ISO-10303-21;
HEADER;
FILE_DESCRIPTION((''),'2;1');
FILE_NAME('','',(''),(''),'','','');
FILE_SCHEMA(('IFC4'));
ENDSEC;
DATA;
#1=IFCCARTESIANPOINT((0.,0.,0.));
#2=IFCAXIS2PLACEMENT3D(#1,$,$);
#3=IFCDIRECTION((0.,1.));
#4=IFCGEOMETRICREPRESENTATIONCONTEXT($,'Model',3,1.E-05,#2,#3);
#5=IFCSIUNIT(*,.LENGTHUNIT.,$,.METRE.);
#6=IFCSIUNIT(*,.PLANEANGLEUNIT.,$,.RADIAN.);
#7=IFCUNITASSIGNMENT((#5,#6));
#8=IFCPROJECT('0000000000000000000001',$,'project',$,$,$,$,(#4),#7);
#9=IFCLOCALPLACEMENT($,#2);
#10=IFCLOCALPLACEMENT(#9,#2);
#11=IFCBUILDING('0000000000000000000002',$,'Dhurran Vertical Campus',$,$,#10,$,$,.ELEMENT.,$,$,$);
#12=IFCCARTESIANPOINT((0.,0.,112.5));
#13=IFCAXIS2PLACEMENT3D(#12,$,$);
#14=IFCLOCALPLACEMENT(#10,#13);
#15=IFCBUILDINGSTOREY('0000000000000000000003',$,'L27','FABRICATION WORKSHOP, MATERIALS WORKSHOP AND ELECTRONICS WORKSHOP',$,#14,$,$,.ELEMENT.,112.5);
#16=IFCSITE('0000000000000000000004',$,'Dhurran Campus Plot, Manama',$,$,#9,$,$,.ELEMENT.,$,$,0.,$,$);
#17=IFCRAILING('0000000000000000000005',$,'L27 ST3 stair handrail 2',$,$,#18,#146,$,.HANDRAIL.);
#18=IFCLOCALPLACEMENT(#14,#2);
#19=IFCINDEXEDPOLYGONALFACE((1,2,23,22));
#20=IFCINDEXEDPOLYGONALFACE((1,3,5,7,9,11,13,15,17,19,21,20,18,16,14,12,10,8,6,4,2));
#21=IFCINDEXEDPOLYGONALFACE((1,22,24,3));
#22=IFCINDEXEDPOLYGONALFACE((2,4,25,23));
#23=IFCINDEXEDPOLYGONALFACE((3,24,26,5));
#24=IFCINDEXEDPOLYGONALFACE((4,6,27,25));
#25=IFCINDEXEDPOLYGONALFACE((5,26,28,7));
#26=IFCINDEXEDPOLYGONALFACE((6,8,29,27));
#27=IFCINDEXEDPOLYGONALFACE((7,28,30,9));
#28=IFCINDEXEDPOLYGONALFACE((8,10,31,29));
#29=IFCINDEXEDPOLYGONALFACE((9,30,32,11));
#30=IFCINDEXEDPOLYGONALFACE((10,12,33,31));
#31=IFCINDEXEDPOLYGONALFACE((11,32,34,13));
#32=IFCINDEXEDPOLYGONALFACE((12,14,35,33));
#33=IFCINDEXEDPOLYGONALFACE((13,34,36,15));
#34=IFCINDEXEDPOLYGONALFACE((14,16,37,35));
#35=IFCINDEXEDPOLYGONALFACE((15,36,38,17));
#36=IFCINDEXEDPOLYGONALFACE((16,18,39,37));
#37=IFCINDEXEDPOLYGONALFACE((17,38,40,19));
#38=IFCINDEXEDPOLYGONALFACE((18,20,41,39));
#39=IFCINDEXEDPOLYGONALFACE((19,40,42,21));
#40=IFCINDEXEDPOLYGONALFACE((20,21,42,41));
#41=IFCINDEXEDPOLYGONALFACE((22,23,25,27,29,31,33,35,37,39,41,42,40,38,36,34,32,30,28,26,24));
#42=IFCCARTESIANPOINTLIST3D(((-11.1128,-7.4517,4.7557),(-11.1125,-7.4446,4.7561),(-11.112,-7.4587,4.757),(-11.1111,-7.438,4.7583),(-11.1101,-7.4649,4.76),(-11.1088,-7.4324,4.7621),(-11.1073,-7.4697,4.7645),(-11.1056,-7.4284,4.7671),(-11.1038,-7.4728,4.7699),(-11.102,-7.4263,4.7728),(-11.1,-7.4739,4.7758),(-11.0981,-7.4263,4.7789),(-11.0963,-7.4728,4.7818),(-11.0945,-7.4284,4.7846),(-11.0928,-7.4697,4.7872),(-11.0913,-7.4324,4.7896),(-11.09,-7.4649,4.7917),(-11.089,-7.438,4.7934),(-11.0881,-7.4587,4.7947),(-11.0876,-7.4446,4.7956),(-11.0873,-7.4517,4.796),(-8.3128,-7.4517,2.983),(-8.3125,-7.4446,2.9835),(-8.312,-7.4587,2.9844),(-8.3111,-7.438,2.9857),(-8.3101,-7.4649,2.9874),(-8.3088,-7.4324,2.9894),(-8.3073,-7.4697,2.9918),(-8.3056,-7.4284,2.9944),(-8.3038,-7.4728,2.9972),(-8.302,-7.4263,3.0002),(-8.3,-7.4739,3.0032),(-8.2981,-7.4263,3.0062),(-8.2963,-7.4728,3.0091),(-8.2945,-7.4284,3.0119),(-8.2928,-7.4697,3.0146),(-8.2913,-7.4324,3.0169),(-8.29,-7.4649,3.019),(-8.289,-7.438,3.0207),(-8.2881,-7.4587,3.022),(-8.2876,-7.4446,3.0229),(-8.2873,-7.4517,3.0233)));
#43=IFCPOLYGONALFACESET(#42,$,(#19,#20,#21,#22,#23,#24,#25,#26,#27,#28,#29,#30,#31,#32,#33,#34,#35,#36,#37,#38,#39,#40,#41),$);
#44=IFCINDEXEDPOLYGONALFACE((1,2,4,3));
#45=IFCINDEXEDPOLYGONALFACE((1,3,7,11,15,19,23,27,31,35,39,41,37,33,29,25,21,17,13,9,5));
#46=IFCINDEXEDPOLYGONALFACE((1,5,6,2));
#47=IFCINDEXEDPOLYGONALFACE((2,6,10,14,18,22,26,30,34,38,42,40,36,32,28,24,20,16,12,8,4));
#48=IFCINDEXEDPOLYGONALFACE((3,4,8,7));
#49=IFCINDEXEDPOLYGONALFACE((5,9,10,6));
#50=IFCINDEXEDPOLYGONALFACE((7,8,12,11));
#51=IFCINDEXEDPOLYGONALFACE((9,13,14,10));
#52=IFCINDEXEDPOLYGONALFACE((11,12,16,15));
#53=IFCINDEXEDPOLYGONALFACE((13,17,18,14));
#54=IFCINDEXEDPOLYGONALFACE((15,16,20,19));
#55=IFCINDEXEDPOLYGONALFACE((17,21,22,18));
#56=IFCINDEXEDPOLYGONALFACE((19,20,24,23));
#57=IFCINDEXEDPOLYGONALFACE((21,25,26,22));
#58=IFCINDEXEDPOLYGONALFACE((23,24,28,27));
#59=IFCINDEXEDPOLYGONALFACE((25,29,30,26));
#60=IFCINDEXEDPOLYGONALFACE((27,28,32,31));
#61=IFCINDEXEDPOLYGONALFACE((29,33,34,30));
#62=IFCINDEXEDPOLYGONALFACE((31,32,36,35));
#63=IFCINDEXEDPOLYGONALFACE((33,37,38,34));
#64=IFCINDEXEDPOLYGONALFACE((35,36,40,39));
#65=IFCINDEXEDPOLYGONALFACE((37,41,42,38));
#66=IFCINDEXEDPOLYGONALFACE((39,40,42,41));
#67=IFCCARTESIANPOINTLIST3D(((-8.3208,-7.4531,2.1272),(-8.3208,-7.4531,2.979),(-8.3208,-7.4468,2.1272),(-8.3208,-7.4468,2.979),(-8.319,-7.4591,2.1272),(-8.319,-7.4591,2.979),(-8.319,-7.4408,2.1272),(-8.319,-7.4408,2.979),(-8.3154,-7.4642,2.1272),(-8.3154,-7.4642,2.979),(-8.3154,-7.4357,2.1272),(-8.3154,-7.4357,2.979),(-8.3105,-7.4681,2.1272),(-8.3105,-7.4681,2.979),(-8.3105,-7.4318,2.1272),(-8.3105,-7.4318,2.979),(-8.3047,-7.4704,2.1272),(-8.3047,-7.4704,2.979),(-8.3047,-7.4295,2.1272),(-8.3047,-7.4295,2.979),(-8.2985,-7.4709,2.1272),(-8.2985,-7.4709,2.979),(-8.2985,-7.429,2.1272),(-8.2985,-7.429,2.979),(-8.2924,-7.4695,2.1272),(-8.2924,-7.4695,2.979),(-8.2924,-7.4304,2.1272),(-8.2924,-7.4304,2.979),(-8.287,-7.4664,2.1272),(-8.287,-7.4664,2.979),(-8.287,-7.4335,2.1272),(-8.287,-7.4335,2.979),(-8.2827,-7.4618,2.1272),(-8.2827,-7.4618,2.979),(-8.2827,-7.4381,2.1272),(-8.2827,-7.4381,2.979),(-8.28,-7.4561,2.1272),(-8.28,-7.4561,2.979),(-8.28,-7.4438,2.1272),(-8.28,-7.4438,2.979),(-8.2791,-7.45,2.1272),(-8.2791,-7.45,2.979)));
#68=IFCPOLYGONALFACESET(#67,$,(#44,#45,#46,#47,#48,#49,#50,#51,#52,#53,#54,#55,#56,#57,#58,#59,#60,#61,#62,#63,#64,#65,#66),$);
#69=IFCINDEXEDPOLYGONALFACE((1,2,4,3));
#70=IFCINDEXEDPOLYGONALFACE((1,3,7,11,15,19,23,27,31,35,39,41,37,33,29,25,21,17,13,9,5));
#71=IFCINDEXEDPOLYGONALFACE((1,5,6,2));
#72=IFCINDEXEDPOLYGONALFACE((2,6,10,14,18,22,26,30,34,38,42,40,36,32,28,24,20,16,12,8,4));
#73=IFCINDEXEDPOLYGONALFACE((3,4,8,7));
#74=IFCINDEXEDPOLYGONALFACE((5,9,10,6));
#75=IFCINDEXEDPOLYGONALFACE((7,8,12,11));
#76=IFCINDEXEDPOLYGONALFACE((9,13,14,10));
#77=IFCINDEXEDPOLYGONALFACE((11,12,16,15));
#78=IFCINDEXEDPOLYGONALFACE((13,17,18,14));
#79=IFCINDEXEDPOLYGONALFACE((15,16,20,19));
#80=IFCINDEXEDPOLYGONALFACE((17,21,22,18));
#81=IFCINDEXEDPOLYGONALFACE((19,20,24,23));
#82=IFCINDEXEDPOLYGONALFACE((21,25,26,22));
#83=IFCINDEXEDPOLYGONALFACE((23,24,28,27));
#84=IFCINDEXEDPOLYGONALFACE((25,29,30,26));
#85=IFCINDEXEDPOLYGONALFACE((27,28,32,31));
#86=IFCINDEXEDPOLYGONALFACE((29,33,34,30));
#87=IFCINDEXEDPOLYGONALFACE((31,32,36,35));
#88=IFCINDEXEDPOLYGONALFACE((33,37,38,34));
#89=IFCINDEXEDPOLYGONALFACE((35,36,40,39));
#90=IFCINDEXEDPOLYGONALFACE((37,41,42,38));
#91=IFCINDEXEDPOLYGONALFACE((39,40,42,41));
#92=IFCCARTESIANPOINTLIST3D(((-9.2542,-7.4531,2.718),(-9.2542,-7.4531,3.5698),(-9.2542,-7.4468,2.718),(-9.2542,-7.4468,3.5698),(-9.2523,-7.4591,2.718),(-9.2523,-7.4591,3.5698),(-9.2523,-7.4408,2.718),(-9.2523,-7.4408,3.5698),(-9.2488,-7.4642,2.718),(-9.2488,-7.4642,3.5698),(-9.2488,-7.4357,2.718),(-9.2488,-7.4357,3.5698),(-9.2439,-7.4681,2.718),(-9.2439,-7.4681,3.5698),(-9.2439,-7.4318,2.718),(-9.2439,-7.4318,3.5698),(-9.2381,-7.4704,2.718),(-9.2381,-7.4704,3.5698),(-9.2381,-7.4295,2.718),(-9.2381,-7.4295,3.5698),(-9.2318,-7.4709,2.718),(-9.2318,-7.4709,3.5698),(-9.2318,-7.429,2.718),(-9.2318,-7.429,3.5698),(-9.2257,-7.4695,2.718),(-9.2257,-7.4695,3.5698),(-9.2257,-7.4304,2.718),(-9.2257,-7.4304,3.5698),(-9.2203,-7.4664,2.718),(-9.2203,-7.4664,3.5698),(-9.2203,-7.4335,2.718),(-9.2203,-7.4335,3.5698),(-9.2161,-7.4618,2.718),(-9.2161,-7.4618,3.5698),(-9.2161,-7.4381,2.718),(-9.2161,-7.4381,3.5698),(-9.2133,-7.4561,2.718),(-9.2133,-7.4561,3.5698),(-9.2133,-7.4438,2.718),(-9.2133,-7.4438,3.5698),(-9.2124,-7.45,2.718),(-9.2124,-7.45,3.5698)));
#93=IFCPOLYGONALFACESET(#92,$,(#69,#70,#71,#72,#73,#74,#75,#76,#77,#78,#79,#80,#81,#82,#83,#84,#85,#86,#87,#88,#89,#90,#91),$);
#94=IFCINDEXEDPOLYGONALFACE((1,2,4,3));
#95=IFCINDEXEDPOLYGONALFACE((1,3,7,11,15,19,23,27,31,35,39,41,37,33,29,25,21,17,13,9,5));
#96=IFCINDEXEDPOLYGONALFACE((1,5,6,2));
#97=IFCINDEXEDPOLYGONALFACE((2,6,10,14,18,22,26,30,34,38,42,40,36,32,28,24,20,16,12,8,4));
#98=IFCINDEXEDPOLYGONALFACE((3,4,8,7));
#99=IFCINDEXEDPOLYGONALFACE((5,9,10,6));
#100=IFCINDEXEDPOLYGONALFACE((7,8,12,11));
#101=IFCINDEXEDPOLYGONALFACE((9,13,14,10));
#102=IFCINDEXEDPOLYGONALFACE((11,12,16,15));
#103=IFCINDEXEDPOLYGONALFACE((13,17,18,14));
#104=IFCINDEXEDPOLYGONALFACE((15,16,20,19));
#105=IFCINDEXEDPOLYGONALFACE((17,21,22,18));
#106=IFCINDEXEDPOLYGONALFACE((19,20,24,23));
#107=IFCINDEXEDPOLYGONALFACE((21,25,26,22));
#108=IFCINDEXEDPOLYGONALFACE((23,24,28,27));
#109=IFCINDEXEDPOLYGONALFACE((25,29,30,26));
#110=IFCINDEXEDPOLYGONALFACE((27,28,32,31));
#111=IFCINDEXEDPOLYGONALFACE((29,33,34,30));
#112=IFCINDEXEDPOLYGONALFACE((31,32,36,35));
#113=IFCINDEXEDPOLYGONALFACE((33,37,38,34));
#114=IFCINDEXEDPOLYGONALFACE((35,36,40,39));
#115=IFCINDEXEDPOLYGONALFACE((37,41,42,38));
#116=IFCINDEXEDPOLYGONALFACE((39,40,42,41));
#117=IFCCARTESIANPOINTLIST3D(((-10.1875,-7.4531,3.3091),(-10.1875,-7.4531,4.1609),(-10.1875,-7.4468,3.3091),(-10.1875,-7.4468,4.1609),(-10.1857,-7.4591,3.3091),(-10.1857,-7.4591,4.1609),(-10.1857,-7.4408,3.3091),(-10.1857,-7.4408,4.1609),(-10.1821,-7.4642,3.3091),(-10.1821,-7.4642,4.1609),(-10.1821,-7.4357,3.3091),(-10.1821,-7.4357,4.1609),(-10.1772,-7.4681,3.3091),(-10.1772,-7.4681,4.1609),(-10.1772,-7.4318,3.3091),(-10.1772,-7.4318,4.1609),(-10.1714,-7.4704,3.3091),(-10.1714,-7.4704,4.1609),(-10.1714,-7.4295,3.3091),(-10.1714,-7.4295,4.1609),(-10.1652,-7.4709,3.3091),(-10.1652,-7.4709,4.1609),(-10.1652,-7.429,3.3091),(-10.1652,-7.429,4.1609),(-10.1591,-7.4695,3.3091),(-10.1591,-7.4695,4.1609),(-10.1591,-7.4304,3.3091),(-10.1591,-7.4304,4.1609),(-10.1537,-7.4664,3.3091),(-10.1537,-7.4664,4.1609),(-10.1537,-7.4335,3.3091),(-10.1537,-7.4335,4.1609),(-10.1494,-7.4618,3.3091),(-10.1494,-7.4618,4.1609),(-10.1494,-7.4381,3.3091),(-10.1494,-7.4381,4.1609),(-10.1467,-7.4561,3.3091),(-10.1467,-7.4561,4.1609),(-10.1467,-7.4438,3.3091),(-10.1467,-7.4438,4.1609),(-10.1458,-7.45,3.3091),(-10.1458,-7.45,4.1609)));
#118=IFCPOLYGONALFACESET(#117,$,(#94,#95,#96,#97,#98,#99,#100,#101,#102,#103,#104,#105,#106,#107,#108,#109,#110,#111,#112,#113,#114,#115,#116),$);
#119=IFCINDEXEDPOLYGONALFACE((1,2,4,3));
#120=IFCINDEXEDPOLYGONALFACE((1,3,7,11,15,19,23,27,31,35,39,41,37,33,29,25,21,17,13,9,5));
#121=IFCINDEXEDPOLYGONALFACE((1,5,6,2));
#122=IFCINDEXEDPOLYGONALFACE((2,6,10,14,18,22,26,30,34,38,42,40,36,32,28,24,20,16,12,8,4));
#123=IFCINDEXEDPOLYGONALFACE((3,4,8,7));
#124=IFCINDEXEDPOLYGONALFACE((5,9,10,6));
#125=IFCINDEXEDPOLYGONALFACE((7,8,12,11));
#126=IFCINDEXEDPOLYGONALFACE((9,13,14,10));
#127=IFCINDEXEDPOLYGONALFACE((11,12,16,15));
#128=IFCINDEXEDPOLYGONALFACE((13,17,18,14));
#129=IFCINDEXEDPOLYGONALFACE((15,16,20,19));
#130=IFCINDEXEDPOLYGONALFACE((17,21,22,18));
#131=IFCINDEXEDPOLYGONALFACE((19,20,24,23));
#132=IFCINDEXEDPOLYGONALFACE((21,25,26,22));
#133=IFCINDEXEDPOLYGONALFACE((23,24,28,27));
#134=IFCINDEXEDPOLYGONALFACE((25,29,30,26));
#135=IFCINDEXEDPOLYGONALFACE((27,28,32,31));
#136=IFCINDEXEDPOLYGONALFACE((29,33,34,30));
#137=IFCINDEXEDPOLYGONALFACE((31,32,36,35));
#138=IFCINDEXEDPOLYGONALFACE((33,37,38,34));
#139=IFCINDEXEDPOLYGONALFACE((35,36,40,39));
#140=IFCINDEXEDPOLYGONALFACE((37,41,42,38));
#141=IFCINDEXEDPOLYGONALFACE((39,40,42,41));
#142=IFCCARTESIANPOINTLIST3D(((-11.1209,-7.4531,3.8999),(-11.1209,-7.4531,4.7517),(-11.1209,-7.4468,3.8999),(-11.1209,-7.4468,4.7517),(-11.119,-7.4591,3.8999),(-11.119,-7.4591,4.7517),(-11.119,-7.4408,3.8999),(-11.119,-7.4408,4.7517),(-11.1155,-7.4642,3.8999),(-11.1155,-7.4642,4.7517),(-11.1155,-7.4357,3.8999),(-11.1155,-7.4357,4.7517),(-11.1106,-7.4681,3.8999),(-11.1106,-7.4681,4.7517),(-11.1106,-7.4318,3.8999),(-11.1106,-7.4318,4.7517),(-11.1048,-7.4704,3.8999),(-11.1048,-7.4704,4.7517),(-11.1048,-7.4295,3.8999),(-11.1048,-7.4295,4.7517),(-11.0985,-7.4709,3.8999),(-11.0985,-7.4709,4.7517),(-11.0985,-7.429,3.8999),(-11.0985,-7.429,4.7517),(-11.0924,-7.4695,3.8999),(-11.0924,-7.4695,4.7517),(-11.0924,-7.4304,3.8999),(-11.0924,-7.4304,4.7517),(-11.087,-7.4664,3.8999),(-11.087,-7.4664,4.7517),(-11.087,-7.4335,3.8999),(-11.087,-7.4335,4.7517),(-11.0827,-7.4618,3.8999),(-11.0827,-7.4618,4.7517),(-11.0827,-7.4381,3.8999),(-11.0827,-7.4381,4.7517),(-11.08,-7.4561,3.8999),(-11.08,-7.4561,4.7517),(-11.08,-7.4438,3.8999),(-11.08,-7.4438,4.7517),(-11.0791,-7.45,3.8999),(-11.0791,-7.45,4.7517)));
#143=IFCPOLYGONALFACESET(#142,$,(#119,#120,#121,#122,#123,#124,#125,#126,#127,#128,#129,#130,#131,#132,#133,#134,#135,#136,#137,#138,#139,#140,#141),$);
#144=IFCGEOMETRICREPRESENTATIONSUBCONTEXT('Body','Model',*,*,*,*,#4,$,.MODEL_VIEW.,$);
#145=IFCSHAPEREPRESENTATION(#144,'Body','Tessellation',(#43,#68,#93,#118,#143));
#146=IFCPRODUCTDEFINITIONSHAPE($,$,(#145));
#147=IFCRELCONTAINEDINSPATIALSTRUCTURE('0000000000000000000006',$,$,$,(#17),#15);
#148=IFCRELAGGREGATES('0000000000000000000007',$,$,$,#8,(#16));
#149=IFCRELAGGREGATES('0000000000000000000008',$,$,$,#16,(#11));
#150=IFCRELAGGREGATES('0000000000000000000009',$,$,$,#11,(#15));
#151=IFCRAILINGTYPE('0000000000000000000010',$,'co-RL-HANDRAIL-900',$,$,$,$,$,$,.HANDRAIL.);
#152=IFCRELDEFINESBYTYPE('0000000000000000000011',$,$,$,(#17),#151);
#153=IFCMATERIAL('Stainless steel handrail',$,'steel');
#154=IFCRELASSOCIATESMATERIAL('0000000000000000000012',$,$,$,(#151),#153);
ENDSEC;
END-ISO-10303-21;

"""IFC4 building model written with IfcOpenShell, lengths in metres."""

from ifc_helpers import new_model, si_unit, direction, frame, origin, origin_2d, place, context, subcontext, project, spatial, circle, extrude, material, type_object, element, save


model = new_model("IFC4")

# Units and contexts
model_context = context("Model", 3, precision=1e-05, world=origin(), true_north=direction((0.0, 1.0)))
body_context = subcontext(model_context, "Body", "Model", "MODEL_VIEW")
ifc_project = project(units=[si_unit("LENGTHUNIT", "METRE"), si_unit("PLANEANGLEUNIT", "RADIAN")], contexts=[model_context])

# Site, building, storey
site_placement = place(None, origin())
site = spatial("IfcSite", under=ifc_project, at=site_placement, Name="Dhurran Campus Plot, Manama", CompositionType="ELEMENT", RefElevation=0.0)
building_placement = place(site_placement, origin())
building = spatial("IfcBuilding", under=site, at=building_placement, Name="Dhurran Vertical Campus", CompositionType="ELEMENT")
storey_placement = place(building_placement, frame((0.0, 0.0, 112.5)))
storey = spatial("IfcBuildingStorey", under=building, at=storey_placement, Name="L27", Description="FABRICATION WORKSHOP, MATERIALS WORKSHOP AND ELECTRONICS WORKSHOP", CompositionType="ELEMENT", Elevation=112.5)

# Railing
ifc_material_1 = material(Name="Stainless steel handrail", Category="steel")
railing_type_1 = type_object("IfcRailingType", Name="co-RL-HANDRAIL-900", PredefinedType="HANDRAIL", material=ifc_material_1)
railing_1_placement = place(storey_placement, frame((-8.3, -7.45, 2.1272)))
element("IfcRailing", 1, at=railing_1_placement, inside=storey, type_object=railing_type_1, Name="L27 ST3 stair handrail 2", PredefinedType="HANDRAIL", context=body_context, shape_type="SweptSolid", body=[
    extrude(circle(Radius=0.0239, at=origin_2d()), frame((0.0, 0.0, 0.876), z_axis=(-0.844909, 0.0, 0.53491), x_axis=(0.0, -1.0, 0.0)), (0.0, 0.0, 1.0), 3.314),
    extrude(circle(Radius=0.021, at=origin_2d()), origin(), (0.0, 0.0, 1.0), 0.8518),
    extrude(circle(Radius=0.021, at=origin_2d()), frame((-0.9333, 0.0, 0.5908)), (0.0, 0.0, 1.0), 0.8518),
    extrude(circle(Radius=0.021, at=origin_2d()), frame((-1.8667, 0.0, 1.1819)), (0.0, 0.0, 1.0), 0.8518),
    extrude(circle(Radius=0.021, at=origin_2d()), frame((-2.8, 0.0, 1.7727)), (0.0, 0.0, 1.0), 0.8518),
])

save(model, "model.ifc")
